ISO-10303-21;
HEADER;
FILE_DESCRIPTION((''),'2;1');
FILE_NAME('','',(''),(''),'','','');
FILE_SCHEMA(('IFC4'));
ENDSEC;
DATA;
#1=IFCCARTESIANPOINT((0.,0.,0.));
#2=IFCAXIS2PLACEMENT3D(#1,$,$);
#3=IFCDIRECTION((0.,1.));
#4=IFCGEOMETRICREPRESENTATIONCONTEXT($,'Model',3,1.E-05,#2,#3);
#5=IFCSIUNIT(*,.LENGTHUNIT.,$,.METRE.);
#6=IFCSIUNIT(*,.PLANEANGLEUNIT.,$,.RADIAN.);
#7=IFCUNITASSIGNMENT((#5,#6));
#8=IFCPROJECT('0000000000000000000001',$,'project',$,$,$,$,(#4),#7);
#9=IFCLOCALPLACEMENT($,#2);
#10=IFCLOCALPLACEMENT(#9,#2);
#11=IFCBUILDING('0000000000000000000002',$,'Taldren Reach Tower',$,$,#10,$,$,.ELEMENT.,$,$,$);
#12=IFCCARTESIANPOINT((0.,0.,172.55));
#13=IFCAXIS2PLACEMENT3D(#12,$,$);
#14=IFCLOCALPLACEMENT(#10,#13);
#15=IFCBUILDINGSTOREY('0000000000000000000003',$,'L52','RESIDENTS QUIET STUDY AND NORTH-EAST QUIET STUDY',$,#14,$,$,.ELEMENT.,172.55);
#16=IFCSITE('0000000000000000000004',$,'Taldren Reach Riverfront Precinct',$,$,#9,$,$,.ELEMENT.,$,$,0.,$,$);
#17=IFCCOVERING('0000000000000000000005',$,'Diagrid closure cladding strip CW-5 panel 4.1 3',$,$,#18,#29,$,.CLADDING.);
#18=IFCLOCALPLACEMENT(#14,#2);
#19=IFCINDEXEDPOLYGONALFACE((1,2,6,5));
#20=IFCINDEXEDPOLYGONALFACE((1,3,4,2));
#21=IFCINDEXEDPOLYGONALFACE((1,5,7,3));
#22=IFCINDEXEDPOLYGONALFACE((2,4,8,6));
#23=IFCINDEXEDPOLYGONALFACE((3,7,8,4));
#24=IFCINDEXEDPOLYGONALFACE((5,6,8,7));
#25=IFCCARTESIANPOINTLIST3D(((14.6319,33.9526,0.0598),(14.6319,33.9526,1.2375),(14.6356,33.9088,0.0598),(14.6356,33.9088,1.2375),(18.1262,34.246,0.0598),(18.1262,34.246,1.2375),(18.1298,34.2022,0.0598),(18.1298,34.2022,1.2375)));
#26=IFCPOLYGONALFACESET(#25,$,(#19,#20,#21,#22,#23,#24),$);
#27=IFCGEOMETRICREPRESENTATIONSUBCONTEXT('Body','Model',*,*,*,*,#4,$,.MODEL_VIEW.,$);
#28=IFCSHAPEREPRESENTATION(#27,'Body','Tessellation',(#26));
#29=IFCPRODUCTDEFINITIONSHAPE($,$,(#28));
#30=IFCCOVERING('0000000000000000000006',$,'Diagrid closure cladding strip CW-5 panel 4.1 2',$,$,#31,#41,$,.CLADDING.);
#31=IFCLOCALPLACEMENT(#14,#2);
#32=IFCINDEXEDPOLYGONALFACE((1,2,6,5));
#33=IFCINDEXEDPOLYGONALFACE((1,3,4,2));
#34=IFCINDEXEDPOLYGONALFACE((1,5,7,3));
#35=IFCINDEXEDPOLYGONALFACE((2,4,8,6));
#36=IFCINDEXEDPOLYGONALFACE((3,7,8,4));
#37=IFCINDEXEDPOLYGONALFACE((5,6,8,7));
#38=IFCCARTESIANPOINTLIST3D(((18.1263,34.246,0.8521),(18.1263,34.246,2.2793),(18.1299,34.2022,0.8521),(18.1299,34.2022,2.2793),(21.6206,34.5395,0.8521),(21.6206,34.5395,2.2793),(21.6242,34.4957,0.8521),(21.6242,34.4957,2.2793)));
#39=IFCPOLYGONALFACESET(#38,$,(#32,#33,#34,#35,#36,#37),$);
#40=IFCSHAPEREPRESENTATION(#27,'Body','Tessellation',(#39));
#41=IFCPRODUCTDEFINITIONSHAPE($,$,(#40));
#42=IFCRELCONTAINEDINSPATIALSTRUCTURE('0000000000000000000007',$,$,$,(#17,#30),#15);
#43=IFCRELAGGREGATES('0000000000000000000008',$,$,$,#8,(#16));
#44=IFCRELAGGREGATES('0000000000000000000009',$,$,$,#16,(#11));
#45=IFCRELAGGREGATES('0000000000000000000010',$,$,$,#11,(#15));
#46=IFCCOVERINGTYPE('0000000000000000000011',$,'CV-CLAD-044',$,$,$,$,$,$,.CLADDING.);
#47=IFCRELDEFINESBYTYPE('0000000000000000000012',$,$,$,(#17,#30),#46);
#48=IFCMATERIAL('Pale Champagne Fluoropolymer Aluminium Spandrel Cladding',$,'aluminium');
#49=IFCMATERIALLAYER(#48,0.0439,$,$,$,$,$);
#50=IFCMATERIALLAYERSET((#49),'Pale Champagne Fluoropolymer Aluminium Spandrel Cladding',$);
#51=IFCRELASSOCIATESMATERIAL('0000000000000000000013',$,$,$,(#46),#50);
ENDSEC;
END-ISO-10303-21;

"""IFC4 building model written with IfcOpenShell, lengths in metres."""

from ifc_helpers import new_model, si_unit, direction, frame, origin, origin_2d, place, context, subcontext, project, spatial, rectangle, extrude, source, transform, mapped, material, layer, layer_set, type_object, element, save


model = new_model("IFC4")

# Units and contexts
model_context = context("Model", 3, precision=1e-05, world=origin(), true_north=direction((0.0, 1.0)))
body_context = subcontext(model_context, "Body", "Model", "MODEL_VIEW")
ifc_project = project(units=[si_unit("LENGTHUNIT", "METRE"), si_unit("PLANEANGLEUNIT", "RADIAN")], contexts=[model_context])

# Site, building, storey
site_placement = place(None, origin())
site = spatial("IfcSite", under=ifc_project, at=site_placement, Name="Taldren Reach Riverfront Precinct", CompositionType="ELEMENT", RefElevation=0.0)
building_placement = place(site_placement, origin())
building = spatial("IfcBuilding", under=site, at=building_placement, Name="Taldren Reach Tower", CompositionType="ELEMENT")
storey_placement = place(building_placement, frame((0.0, 0.0, 172.55)))
storey = spatial("IfcBuildingStorey", under=building, at=storey_placement, Name="L52", Description="RESIDENTS QUIET STUDY AND NORTH-EAST QUIET STUDY", CompositionType="ELEMENT", Elevation=172.55)

# Coverings
ifc_material_1 = material(Name="Pale Champagne Fluoropolymer Aluminium Spandrel Cladding", Category="aluminium")
ifc_layer_1 = layer(ifc_material_1, 0.0439)
ifc_layer_set_1 = layer_set([ifc_layer_1], Name="Pale Champagne Fluoropolymer Aluminium Spandrel Cladding")
covering_type = type_object("IfcCoveringType", Name="CV-CLAD-044", PredefinedType="CLADDING", material=ifc_layer_set_1)
shared_shape_1 = source(origin(), body_context, "Body", "SweptSolid", [
    extrude(rectangle(XDim=3.5066, YDim=0.0439, at=origin_2d()), origin(), (0.0, 0.0, 1.0), 1.1777),
])
covering_1_placement = place(storey_placement, frame((16.3809, 34.0774, 0.0598), z_axis=(0.0, 0.0, 1.0), x_axis=(-0.996493, -0.083678, 0.0)))
element("IfcCovering", 1, at=covering_1_placement, inside=storey, type_object=covering_type, Name="Diagrid closure cladding strip CW-5 panel 4.1 3", PredefinedType="CLADDING", context=body_context, shape_type="MappedRepresentation", body=[
    mapped(shared_shape_1, transform((0.0, 0.0, 0.0), scale=1.0)),
])
shared_shape_2 = source(origin(), body_context, "Body", "SweptSolid", [
    extrude(rectangle(XDim=3.5066, YDim=0.0439, at=origin_2d()), origin(), (0.0, 0.0, 1.0), 1.4272),
])
covering_2_placement = place(storey_placement, frame((19.8752, 34.3708, 0.8521), z_axis=(0.0, 0.0, 1.0), x_axis=(-0.996493, -0.083678, 0.0)))
element("IfcCovering", 2, at=covering_2_placement, inside=storey, type_object=covering_type, Name="Diagrid closure cladding strip CW-5 panel 4.1 2", PredefinedType="CLADDING", context=body_context, shape_type="MappedRepresentation", body=[
    mapped(shared_shape_2, transform((0.0, 0.0, 0.0), scale=1.0)),
])

save(model, "model.ifc")
